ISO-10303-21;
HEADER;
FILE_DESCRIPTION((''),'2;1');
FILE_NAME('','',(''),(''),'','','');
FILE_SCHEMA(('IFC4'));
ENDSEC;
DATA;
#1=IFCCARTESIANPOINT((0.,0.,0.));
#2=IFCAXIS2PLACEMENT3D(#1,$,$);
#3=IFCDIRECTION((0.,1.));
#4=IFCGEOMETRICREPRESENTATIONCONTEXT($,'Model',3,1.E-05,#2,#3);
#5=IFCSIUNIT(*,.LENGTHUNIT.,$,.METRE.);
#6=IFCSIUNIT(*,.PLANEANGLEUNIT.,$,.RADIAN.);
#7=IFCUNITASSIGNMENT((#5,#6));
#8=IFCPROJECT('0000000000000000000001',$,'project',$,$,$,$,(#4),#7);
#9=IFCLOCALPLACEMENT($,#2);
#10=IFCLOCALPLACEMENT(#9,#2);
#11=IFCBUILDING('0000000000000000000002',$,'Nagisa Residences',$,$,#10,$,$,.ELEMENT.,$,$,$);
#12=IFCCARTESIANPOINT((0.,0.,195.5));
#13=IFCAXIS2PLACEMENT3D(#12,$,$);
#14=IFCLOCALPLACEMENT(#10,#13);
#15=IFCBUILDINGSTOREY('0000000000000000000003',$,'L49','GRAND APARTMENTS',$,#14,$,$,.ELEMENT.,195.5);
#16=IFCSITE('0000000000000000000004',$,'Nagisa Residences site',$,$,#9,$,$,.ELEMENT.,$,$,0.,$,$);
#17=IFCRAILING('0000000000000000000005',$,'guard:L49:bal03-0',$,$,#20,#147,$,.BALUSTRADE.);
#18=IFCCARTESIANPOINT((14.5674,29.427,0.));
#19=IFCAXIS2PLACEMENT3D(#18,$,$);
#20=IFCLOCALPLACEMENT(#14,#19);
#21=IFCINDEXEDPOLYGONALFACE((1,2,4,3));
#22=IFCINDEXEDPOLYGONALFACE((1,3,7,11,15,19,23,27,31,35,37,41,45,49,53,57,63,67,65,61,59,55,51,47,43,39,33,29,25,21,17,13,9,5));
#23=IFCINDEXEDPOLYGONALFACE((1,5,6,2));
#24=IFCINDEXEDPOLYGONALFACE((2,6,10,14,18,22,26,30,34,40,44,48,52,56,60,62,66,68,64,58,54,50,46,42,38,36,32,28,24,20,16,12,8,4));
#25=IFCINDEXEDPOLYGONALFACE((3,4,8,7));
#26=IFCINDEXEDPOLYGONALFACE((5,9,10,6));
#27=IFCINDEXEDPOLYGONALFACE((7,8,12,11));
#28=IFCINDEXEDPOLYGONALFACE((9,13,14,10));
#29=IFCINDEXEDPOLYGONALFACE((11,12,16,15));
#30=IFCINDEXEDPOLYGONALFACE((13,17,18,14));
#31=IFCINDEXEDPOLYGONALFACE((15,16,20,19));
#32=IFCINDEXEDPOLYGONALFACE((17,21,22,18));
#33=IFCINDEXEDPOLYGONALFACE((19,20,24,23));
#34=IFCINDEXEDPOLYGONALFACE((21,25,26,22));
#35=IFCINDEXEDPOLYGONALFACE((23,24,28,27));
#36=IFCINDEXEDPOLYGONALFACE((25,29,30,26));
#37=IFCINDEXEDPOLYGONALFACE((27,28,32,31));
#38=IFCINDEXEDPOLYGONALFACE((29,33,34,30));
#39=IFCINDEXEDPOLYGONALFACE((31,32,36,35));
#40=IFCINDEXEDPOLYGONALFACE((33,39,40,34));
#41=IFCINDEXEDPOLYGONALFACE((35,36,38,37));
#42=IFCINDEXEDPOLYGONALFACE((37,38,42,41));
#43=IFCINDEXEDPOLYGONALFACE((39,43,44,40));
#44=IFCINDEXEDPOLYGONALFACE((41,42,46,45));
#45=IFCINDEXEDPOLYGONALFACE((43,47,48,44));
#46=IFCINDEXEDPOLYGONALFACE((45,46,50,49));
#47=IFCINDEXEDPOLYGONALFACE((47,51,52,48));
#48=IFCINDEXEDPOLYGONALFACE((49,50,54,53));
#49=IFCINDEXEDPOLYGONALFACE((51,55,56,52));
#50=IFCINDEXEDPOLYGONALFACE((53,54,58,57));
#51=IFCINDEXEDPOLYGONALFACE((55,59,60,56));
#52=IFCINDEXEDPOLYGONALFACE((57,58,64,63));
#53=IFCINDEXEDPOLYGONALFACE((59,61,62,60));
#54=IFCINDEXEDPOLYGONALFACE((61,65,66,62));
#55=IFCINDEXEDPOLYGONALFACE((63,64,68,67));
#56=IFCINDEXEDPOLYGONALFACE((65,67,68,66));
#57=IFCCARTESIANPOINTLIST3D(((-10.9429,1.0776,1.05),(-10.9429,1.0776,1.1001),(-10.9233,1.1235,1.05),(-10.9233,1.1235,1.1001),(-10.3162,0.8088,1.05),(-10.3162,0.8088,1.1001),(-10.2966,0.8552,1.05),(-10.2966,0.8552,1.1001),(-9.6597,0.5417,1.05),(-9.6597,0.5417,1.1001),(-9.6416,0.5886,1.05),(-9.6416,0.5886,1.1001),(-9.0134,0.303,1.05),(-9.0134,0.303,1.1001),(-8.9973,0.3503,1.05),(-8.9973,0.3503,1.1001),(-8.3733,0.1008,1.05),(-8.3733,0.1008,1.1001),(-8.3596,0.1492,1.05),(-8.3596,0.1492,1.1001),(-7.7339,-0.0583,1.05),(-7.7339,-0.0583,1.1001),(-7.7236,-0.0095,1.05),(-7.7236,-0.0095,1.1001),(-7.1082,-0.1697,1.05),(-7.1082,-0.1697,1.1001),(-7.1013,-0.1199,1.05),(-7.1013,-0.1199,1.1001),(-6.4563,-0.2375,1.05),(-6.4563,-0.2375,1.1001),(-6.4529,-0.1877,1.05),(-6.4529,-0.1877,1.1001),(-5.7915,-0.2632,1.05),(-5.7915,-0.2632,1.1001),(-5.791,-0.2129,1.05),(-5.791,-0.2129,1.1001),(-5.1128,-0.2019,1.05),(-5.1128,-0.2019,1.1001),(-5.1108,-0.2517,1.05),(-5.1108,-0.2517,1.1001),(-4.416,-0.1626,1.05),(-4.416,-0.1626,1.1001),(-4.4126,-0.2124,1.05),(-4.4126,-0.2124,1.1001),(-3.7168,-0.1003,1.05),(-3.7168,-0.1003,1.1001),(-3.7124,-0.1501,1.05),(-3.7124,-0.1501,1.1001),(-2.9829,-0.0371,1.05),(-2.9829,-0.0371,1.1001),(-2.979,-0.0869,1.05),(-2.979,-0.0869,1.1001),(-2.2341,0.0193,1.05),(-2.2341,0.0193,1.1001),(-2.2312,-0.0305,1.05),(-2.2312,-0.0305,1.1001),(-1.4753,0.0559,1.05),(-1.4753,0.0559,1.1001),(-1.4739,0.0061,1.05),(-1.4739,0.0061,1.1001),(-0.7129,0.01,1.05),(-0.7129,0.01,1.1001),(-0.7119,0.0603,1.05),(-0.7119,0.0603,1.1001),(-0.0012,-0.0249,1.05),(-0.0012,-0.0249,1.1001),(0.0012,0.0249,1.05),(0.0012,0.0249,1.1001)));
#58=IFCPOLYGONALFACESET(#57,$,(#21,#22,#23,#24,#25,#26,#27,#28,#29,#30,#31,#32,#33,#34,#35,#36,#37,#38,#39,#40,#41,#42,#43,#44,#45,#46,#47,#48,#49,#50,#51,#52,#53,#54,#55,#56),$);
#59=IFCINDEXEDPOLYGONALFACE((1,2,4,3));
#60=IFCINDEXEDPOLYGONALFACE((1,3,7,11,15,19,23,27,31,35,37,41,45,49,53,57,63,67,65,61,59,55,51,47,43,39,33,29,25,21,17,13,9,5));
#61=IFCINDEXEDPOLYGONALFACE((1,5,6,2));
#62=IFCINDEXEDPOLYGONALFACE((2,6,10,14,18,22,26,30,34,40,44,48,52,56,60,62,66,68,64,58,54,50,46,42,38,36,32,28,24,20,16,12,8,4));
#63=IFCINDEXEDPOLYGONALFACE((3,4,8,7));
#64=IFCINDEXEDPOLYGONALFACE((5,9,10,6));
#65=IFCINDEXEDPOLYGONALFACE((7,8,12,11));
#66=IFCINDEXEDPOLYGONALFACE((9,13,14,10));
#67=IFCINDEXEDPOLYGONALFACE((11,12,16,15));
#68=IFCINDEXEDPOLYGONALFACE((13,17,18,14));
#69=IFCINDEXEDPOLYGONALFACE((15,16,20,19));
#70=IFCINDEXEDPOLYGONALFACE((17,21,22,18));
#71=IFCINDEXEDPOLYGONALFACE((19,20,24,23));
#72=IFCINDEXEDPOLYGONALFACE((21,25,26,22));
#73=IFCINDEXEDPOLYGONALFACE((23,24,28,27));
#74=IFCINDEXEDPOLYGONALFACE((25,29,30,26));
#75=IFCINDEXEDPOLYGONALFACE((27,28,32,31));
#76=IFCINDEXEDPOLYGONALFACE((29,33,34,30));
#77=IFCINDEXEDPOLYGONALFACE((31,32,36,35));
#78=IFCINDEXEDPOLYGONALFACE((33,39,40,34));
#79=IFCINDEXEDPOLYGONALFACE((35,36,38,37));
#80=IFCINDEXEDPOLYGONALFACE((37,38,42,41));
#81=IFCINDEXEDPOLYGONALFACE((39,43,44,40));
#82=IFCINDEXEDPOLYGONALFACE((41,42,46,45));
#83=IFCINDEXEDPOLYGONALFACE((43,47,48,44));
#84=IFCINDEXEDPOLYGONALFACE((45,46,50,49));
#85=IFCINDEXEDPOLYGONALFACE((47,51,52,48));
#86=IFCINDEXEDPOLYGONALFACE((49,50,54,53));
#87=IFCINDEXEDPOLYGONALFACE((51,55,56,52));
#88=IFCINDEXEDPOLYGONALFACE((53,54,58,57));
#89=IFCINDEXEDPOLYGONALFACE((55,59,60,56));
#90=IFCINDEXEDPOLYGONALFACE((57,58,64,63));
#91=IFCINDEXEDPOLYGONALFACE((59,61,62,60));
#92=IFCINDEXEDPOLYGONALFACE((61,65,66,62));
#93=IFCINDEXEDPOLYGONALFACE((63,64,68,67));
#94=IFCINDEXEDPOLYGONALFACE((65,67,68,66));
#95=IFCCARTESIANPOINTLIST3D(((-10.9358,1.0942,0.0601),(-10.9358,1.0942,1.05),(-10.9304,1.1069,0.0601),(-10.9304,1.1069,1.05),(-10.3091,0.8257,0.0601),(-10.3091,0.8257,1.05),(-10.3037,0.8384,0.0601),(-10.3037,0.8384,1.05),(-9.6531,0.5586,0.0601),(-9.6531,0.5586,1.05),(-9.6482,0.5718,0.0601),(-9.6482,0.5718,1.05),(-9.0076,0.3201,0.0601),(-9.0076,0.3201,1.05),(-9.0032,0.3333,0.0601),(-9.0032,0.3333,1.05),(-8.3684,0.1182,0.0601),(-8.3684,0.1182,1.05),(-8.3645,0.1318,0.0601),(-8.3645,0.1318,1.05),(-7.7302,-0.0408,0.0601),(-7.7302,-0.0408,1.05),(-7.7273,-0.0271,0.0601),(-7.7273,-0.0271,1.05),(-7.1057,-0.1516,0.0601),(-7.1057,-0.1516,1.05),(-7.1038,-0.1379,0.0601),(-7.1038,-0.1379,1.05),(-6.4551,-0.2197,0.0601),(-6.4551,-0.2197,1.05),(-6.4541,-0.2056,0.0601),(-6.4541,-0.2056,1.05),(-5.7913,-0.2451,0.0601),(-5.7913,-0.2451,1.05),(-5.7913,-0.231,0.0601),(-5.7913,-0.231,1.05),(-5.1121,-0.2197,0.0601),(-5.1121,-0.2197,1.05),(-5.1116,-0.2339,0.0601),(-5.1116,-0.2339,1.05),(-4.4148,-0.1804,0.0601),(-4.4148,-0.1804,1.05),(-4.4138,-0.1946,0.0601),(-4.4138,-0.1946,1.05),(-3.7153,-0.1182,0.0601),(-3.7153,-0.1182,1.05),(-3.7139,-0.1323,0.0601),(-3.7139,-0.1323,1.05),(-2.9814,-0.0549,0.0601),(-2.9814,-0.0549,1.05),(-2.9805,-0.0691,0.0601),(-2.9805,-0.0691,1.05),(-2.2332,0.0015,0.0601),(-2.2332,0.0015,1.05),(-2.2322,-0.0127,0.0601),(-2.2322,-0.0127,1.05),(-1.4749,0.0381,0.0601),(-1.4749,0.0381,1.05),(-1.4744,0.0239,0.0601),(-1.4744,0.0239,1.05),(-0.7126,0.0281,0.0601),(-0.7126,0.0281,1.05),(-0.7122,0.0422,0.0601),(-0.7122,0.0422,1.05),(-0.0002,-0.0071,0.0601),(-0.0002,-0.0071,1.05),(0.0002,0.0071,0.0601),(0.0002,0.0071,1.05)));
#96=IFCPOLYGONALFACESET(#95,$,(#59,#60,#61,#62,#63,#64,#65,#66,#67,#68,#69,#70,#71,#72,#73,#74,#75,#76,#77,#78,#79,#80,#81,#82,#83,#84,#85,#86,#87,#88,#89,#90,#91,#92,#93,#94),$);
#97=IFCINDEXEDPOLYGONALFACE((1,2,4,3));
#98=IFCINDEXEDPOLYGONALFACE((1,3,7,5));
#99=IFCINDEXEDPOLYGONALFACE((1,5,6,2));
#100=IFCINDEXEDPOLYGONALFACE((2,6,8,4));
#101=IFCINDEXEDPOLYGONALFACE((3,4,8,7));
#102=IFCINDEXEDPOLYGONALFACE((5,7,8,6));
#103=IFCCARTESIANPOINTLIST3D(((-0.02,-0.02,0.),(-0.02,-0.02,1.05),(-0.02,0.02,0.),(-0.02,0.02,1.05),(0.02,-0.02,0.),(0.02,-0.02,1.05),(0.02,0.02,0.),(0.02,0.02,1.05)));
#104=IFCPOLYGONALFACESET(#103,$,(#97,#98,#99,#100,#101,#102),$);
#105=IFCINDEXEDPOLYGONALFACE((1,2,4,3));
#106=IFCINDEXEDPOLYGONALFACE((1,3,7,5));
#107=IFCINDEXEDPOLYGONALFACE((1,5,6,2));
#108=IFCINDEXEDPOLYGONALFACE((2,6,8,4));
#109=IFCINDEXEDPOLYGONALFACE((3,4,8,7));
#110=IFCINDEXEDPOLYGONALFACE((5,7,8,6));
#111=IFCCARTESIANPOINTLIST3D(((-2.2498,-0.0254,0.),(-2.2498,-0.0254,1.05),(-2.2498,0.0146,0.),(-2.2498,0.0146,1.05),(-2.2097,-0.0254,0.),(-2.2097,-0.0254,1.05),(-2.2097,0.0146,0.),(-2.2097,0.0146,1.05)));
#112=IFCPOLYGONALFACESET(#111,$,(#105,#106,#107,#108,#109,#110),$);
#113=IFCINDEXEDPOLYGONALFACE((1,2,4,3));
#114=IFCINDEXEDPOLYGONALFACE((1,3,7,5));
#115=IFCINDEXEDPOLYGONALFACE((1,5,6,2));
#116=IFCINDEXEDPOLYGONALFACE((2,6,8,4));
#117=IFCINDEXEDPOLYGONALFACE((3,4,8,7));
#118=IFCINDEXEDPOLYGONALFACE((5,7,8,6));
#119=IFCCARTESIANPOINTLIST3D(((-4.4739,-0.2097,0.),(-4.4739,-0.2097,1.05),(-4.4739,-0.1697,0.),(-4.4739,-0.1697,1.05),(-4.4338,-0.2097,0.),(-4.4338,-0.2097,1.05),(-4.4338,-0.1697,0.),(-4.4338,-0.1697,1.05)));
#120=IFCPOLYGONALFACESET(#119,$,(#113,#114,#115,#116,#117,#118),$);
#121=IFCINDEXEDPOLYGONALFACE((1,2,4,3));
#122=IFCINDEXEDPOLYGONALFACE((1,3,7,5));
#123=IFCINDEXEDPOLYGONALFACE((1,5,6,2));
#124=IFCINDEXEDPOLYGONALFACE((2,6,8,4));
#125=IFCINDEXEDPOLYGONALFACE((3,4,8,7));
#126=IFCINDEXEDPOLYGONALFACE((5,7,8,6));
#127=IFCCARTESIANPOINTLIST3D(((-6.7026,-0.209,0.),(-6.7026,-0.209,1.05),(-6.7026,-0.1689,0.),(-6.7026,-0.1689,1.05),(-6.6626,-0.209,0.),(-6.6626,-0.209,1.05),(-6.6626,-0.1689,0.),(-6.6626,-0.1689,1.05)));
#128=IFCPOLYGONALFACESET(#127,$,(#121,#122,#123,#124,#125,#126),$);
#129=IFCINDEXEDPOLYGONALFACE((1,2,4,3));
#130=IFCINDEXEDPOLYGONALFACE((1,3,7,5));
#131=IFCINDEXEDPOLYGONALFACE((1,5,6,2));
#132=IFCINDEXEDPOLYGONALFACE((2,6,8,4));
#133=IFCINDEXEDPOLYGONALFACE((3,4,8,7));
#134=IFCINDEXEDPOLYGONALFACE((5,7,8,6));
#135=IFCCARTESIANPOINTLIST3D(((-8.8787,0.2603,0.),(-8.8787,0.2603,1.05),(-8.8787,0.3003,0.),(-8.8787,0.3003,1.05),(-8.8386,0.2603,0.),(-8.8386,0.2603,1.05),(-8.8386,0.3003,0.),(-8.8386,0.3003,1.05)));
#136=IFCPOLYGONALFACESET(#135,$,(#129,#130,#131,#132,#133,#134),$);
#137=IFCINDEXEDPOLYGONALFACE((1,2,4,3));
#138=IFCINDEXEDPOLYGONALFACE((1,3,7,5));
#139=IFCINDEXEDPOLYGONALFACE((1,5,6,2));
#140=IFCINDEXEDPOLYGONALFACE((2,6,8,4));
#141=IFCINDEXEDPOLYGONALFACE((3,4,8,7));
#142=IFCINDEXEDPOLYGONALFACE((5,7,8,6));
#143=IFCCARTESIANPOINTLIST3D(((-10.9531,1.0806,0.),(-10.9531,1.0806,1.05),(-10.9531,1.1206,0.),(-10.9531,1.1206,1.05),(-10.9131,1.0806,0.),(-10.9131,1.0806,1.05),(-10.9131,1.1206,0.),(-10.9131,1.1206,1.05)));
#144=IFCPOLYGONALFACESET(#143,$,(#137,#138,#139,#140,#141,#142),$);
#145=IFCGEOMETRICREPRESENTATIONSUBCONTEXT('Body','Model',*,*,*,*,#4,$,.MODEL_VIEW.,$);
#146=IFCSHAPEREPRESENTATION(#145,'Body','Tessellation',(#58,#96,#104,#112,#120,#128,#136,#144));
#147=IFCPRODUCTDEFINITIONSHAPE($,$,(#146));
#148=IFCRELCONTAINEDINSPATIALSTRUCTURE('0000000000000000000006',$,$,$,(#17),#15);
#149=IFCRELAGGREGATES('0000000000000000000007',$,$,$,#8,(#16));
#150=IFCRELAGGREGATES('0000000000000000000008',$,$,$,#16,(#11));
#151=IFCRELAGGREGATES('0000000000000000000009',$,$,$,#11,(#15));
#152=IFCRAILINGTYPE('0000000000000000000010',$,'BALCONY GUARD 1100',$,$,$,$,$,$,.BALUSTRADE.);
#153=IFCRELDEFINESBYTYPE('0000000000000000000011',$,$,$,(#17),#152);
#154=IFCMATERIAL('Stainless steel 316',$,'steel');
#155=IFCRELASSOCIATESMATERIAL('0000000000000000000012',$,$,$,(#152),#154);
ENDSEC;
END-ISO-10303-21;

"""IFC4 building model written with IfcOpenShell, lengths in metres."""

from ifc_helpers import new_model, si_unit, direction, frame, origin, origin_2d, place, context, subcontext, project, spatial, polyline, rectangle, outline, extrude, material, type_object, element, save


model = new_model("IFC4")

# Units and contexts
model_context = context("Model", 3, precision=1e-05, world=origin(), true_north=direction((0.0, 1.0)))
body_context = subcontext(model_context, "Body", "Model", "MODEL_VIEW")
ifc_project = project(units=[si_unit("LENGTHUNIT", "METRE"), si_unit("PLANEANGLEUNIT", "RADIAN")], contexts=[model_context])

# Site, building, storey
site_placement = place(None, origin())
site = spatial("IfcSite", under=ifc_project, at=site_placement, Name="Nagisa Residences site", CompositionType="ELEMENT", RefElevation=0.0)
building_placement = place(site_placement, origin())
building = spatial("IfcBuilding", under=site, at=building_placement, Name="Nagisa Residences", CompositionType="ELEMENT")
storey_placement = place(building_placement, frame((0.0, 0.0, 195.5)))
storey = spatial("IfcBuildingStorey", under=building, at=storey_placement, Name="L49", Description="GRAND APARTMENTS", CompositionType="ELEMENT", Elevation=195.5)

# Railing
ifc_material_1 = material(Name="Stainless steel 316", Category="steel")
railing_type = type_object("IfcRailingType", Name="BALCONY GUARD 1100", PredefinedType="BALUSTRADE", material=ifc_material_1)
railing_1_placement = place(storey_placement, frame((14.5674, 29.427, 0.0)))
element("IfcRailing", 1, at=railing_1_placement, inside=storey, type_object=railing_type, Name="guard:L49:bal03-0", PredefinedType="BALUSTRADE", context=body_context, shape_type="SweptSolid", body=[
    extrude(outline(polyline([(-0.7129, 0.01), (-0.0012, -0.0249), (0.0012, 0.0249), (-0.7119, 0.0603), (-1.4753, 0.0559), (-2.2341, 0.0193), (-2.9829, -0.0371), (-3.7168, -0.1003), (-4.416, -0.1626), (-5.1128, -0.2019), (-5.791, -0.2129), (-6.4529, -0.1877), (-7.1013, -0.1199), (-7.7236, -0.0095), (-8.3596, 0.1492), (-8.9973, 0.3503), (-9.6416, 0.5886), (-10.2966, 0.8552), (-10.9233, 1.1235), (-10.9429, 1.0776), (-10.3162, 0.8088), (-9.6597, 0.5417), (-9.0134, 0.303), (-8.3733, 0.1008), (-7.7339, -0.0583), (-7.1082, -0.1697), (-6.4563, -0.2375), (-5.7915, -0.2632), (-5.1108, -0.2517), (-4.4126, -0.2124), (-3.7124, -0.1501), (-2.979, -0.0869), (-2.2312, -0.0305), (-1.4739, 0.0061), (-0.7129, 0.01)])), frame((0.0, 0.0, 1.05)), (0.0, 0.0, 1.0), 0.05),
    extrude(outline(polyline([(-0.7126, 0.0281), (-0.0002, -0.0071), (0.0002, 0.0071), (-0.7122, 0.0422), (-1.4749, 0.0381), (-2.2332, 0.0015), (-2.9814, -0.0549), (-3.7153, -0.1182), (-4.4148, -0.1804), (-5.1121, -0.2197), (-5.7913, -0.231), (-6.4541, -0.2056), (-7.1038, -0.1379), (-7.7273, -0.0271), (-8.3645, 0.1318), (-9.0032, 0.3333), (-9.6482, 0.5718), (-10.3037, 0.8384), (-10.9304, 1.1069), (-10.9358, 1.0942), (-10.3091, 0.8257), (-9.6531, 0.5586), (-9.0076, 0.3201), (-8.3684, 0.1182), (-7.7302, -0.0408), (-7.1057, -0.1516), (-6.4551, -0.2197), (-5.7913, -0.2451), (-5.1116, -0.2339), (-4.4138, -0.1946), (-3.7139, -0.1323), (-2.9805, -0.0691), (-2.2322, -0.0127), (-1.4744, 0.0239), (-0.7126, 0.0281)])), frame((0.0, 0.0, 0.0601)), (0.0, 0.0, 1.0), 0.99),
    extrude(rectangle(XDim=0.04, YDim=0.04, at=origin_2d()), origin(), (0.0, 0.0, 1.0), 1.05),
    extrude(rectangle(XDim=0.04, YDim=0.04, at=origin_2d()), frame((-2.2297, -0.0054, 0.0)), (0.0, 0.0, 1.0), 1.05),
    extrude(rectangle(XDim=0.04, YDim=0.04, at=origin_2d()), frame((-4.4539, -0.1897, 0.0)), (0.0, 0.0, 1.0), 1.05),
    extrude(rectangle(XDim=0.04, YDim=0.04, at=origin_2d()), frame((-6.6826, -0.189, 0.0)), (0.0, 0.0, 1.0), 1.05),
    extrude(rectangle(XDim=0.04, YDim=0.04, at=origin_2d()), frame((-8.8586, 0.2803, 0.0)), (0.0, 0.0, 1.0), 1.05),
    extrude(rectangle(XDim=0.04, YDim=0.04, at=origin_2d()), frame((-10.9331, 1.1006, 0.0)), (0.0, 0.0, 1.0), 1.05),
])

save(model, "model.ifc")
